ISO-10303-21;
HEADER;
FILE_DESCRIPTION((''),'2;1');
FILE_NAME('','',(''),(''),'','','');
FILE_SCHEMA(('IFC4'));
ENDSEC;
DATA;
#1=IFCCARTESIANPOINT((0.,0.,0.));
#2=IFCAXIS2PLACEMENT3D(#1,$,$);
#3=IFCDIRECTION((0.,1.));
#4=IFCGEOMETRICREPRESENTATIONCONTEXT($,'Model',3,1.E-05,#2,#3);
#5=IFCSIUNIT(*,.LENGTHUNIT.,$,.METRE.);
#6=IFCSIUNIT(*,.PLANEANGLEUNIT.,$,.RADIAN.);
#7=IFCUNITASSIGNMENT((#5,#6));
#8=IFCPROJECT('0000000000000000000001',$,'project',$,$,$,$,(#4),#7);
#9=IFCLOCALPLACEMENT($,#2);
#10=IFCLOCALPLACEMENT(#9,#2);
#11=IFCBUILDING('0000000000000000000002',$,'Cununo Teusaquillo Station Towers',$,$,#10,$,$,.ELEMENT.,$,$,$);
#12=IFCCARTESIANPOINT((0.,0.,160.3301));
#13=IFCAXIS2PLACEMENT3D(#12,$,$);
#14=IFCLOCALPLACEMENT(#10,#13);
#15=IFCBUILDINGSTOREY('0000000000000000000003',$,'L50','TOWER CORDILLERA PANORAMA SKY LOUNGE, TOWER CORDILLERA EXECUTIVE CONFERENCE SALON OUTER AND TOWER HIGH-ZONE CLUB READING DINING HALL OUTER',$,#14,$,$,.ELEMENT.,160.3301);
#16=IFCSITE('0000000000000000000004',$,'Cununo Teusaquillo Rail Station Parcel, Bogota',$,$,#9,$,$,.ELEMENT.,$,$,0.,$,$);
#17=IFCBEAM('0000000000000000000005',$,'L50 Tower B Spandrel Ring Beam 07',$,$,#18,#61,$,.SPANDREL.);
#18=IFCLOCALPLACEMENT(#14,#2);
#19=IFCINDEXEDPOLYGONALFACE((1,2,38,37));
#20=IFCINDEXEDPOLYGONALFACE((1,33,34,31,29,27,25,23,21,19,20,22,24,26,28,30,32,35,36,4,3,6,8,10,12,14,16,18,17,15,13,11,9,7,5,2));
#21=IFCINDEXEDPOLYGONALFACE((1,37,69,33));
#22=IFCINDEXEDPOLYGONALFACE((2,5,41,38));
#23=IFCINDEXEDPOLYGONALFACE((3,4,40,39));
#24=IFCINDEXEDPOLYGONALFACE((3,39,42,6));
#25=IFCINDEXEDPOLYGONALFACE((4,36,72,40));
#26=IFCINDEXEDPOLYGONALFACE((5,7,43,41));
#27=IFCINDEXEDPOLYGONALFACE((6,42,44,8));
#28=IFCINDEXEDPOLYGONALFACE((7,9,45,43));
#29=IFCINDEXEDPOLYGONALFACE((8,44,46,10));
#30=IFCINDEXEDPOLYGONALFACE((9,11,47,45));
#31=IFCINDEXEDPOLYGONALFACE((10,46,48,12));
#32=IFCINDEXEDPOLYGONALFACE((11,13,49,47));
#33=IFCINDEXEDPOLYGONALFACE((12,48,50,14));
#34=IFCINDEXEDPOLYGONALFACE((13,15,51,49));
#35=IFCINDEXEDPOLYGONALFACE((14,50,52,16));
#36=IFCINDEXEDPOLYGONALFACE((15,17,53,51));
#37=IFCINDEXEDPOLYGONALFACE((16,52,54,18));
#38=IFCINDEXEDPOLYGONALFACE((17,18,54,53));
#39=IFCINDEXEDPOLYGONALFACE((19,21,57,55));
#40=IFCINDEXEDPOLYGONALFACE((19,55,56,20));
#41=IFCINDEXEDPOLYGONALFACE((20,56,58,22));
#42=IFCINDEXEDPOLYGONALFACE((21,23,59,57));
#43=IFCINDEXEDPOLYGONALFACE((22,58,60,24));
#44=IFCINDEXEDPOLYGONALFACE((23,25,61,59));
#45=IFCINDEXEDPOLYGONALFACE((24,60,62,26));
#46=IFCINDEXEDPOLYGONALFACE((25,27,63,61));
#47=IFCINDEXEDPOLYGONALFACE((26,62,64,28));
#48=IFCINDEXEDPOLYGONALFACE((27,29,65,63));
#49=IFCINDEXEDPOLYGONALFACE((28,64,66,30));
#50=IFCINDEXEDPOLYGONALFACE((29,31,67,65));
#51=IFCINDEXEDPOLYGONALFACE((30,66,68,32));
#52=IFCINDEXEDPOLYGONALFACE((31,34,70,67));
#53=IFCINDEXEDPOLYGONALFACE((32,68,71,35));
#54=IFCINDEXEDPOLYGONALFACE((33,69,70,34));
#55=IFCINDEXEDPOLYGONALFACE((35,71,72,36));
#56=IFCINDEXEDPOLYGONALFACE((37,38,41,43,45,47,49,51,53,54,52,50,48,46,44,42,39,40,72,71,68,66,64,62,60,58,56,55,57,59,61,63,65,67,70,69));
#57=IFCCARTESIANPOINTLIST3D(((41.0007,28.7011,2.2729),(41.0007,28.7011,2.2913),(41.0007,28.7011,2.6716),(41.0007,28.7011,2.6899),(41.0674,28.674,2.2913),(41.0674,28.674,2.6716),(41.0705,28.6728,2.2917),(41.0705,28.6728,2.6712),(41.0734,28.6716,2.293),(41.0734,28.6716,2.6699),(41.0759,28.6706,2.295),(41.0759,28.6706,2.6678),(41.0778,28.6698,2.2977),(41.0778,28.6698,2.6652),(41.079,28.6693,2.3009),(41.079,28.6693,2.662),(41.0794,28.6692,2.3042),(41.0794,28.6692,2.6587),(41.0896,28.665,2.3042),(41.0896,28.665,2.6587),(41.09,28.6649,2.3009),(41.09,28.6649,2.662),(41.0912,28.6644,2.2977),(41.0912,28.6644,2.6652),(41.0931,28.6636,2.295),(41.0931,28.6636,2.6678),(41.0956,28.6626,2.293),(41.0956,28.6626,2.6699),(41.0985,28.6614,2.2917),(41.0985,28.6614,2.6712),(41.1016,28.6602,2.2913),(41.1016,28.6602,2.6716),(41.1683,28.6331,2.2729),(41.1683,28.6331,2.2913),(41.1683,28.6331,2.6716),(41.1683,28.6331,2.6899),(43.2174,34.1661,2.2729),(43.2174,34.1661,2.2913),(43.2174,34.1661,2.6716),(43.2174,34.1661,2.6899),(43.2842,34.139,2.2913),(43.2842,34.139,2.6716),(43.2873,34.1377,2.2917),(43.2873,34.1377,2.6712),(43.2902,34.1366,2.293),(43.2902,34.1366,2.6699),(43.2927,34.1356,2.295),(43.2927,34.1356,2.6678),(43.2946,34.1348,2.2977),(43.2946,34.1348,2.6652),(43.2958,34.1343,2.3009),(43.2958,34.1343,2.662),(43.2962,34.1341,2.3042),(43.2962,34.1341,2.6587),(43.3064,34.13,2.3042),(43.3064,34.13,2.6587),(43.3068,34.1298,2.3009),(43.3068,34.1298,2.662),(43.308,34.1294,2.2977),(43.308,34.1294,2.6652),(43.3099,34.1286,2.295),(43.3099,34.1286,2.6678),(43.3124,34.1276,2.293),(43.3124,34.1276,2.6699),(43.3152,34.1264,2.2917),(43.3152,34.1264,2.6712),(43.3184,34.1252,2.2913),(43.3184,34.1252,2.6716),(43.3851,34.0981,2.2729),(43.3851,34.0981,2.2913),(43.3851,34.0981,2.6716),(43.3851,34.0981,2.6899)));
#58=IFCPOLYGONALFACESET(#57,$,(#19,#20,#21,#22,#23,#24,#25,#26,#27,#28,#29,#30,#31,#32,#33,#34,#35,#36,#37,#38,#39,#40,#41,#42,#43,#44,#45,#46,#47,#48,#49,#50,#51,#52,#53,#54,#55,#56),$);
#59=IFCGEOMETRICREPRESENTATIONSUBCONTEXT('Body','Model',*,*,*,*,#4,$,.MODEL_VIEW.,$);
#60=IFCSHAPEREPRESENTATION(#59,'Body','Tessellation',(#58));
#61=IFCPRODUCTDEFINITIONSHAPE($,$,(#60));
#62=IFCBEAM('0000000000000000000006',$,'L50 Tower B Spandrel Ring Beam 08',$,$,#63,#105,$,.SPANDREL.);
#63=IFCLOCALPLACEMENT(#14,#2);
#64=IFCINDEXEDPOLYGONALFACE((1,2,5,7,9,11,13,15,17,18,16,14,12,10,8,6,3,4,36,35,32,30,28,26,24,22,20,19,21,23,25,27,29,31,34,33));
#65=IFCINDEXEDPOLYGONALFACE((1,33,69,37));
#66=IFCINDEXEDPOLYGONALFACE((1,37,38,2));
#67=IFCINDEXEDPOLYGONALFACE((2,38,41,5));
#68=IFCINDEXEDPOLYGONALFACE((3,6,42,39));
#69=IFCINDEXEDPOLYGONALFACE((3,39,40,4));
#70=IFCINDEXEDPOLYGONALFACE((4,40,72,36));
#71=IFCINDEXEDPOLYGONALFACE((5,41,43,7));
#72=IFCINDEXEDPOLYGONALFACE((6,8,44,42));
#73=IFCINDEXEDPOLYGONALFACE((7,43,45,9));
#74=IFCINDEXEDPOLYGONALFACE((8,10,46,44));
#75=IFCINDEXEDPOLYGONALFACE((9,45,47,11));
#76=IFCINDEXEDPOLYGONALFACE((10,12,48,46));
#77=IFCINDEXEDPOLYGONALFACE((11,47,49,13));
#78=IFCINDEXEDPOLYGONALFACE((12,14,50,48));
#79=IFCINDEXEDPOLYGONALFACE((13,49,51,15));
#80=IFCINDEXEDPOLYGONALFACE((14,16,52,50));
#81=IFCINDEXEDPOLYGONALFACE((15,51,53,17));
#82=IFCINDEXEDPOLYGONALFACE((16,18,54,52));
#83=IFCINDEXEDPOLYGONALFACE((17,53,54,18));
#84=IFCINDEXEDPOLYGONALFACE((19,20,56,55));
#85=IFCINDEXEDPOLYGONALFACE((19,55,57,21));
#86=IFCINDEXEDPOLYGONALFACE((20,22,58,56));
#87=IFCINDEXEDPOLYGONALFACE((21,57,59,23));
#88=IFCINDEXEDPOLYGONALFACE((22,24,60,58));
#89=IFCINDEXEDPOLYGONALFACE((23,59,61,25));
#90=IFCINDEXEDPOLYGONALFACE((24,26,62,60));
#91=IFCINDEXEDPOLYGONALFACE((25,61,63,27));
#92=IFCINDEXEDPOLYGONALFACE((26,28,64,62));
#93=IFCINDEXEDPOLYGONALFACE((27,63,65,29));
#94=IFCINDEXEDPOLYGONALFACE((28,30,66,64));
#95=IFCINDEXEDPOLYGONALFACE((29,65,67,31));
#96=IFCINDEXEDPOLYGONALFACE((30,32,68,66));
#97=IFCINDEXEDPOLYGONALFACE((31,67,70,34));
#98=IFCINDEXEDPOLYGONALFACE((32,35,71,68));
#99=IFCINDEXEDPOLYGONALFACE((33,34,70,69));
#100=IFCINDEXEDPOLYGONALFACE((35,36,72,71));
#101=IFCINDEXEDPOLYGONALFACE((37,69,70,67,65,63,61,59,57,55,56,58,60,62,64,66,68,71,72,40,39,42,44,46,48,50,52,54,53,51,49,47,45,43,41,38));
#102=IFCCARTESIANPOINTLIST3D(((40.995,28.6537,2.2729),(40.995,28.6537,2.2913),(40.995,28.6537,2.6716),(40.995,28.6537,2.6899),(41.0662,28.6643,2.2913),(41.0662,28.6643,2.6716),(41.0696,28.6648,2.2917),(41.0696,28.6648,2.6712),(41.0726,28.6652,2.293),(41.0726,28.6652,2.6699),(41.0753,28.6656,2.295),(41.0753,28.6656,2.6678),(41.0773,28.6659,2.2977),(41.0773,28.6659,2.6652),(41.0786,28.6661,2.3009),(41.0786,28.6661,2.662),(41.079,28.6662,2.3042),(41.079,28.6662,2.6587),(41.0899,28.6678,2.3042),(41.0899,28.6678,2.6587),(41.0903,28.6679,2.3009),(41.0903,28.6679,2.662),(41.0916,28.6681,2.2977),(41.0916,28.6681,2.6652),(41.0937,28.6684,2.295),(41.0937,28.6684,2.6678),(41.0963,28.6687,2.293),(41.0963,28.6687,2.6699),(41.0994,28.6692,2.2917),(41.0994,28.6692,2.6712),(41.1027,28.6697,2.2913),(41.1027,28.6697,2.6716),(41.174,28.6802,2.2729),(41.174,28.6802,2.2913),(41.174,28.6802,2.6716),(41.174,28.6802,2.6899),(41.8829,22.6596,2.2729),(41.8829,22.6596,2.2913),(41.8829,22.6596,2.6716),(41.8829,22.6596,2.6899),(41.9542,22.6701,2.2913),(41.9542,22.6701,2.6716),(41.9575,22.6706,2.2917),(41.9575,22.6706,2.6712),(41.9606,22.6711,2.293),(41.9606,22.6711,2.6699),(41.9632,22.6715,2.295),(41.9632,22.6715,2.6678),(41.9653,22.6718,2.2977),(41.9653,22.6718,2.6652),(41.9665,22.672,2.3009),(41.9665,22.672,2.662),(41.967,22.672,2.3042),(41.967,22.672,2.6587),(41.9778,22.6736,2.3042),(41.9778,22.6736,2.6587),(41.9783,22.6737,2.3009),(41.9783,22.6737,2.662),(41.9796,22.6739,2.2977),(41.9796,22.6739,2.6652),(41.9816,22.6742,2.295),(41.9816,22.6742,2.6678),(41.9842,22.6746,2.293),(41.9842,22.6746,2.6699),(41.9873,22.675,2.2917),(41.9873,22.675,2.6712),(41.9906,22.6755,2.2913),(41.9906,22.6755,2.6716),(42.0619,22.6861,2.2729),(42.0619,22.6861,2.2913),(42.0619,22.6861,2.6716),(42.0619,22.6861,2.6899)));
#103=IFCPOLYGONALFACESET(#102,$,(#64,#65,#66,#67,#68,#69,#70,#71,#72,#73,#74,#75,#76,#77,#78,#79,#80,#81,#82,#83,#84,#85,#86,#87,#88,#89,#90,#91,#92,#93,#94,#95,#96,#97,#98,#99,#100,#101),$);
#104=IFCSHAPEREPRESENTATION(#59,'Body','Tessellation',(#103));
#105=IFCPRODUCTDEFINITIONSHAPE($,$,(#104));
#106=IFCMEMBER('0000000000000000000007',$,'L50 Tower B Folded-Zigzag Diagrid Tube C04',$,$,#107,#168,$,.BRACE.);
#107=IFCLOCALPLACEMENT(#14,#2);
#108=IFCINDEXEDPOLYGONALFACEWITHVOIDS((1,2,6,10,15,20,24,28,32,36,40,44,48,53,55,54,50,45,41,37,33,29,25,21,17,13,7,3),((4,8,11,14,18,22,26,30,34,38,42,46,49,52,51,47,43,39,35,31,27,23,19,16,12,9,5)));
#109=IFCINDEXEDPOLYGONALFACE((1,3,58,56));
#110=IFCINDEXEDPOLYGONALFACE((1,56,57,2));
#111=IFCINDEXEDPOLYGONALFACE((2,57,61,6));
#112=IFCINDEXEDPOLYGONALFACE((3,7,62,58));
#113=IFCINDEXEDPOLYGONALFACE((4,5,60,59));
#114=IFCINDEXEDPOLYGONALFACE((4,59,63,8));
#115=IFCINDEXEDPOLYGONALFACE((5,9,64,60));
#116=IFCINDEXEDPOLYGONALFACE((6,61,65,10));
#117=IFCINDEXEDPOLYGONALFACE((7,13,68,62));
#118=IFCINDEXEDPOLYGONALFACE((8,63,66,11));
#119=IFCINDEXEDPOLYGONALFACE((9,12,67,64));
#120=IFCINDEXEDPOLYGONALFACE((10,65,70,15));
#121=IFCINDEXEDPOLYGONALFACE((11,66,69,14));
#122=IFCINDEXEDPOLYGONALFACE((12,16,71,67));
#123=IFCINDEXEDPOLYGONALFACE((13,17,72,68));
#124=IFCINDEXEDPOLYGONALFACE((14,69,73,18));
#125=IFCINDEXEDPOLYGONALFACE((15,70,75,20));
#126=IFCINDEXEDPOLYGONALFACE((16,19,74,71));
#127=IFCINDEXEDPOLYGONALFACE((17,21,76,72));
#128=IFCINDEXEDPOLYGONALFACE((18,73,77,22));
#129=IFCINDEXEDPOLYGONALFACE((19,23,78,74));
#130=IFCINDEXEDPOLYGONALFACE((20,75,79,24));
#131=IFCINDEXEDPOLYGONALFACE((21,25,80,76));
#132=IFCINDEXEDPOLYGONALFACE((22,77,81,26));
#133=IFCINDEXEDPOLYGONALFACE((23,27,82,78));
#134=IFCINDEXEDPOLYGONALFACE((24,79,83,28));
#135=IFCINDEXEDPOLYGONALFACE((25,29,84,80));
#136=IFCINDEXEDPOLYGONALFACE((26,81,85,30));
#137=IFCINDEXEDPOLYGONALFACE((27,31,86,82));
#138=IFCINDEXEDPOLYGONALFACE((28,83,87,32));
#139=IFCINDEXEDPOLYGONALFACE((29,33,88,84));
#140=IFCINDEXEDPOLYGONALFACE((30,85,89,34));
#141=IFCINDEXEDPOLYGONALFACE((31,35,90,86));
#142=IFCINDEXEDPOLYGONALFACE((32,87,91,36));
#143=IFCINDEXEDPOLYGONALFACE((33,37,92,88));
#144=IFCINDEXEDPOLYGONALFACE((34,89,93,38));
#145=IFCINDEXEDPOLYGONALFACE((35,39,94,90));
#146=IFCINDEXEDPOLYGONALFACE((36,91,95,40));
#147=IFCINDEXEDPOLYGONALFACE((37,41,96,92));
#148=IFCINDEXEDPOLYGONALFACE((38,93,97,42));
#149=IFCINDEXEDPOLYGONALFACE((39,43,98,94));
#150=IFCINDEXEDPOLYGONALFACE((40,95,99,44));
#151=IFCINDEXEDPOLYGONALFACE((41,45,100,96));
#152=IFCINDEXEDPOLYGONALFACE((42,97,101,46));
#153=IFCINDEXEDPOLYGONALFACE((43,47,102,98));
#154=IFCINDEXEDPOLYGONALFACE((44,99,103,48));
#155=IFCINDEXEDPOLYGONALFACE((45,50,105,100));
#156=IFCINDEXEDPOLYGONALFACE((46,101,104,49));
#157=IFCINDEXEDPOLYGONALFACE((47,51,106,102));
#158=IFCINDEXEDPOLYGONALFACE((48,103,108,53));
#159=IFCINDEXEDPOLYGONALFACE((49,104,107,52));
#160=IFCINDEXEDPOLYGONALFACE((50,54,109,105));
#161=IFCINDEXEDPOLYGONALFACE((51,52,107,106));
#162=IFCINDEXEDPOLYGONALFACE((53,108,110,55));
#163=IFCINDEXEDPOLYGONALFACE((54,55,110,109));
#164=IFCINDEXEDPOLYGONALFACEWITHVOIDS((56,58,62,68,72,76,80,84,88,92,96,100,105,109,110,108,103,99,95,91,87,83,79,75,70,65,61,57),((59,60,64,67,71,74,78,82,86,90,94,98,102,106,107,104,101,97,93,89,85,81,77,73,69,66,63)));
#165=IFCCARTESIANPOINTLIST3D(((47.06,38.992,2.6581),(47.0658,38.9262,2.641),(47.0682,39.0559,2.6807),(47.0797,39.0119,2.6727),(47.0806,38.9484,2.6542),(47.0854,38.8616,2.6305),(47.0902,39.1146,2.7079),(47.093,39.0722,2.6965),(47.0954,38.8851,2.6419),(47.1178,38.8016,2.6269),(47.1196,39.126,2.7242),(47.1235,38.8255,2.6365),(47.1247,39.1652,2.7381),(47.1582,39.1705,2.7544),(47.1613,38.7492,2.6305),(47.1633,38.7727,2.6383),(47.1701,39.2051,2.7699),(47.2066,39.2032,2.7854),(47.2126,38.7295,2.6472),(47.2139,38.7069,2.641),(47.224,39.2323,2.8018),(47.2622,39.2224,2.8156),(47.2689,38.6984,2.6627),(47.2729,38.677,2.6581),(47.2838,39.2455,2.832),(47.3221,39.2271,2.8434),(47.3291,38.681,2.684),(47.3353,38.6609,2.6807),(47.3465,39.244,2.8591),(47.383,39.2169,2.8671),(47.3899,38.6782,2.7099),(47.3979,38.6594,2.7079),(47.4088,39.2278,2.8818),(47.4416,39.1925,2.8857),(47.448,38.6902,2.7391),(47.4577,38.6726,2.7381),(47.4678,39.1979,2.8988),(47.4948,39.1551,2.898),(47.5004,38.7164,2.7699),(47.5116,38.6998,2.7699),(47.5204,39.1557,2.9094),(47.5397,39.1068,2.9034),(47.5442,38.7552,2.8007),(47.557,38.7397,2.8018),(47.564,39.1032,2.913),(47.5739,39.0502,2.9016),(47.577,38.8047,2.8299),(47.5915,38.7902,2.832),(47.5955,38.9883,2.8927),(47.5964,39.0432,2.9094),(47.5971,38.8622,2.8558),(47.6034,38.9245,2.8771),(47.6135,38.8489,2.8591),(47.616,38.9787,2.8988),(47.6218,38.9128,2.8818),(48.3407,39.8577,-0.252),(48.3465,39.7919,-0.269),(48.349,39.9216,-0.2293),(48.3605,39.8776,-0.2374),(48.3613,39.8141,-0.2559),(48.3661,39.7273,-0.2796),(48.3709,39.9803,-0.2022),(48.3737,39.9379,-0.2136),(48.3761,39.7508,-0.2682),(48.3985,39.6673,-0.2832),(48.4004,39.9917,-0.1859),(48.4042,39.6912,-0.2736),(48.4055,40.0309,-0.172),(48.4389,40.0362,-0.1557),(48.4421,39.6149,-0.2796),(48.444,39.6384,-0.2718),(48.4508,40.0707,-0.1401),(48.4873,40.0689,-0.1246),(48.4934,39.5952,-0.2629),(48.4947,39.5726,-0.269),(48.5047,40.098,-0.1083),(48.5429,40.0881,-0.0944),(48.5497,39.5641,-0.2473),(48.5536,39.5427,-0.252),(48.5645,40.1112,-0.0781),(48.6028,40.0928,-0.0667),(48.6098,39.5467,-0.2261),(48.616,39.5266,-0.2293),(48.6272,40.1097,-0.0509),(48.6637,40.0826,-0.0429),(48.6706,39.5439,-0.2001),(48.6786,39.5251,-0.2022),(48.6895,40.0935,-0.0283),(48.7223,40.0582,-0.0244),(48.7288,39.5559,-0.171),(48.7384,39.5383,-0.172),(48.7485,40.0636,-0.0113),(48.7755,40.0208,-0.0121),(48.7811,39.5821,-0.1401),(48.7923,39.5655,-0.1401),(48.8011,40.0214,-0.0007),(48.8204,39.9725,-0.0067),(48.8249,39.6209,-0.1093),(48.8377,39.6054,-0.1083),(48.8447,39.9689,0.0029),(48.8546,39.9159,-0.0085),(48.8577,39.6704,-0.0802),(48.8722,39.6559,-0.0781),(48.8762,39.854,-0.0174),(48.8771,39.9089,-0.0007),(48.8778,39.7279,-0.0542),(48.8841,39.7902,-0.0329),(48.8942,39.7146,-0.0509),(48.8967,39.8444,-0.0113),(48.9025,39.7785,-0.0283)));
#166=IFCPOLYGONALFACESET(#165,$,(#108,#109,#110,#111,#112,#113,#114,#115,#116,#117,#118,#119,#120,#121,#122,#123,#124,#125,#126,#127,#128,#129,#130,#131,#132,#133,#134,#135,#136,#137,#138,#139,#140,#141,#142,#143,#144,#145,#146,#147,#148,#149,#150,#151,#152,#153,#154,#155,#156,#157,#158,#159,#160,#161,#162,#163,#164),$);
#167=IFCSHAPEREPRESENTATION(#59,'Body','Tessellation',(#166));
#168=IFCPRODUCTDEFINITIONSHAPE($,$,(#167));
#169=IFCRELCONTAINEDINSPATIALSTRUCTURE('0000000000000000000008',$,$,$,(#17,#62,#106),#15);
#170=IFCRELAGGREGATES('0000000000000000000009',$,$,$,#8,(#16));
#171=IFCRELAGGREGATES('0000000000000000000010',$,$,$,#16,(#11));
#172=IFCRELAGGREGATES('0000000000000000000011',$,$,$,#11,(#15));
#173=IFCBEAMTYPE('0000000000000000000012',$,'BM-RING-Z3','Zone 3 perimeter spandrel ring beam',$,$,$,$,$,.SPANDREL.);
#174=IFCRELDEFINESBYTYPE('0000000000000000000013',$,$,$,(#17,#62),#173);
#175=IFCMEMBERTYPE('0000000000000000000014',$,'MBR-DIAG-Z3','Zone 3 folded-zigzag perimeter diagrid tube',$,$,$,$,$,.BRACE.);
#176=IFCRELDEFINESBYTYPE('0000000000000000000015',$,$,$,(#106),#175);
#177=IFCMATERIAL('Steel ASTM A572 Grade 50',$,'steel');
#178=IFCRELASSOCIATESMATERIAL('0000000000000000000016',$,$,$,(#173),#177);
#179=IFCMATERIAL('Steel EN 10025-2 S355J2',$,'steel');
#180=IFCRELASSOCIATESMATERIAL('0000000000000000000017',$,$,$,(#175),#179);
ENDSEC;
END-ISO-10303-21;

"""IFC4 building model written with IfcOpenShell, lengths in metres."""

from ifc_helpers import new_model, si_unit, direction, frame, origin, origin_2d, place, context, subcontext, project, spatial, hollow_circle, i_section, extrude, material, material_profile, profile_set, type_object, element, save


model = new_model("IFC4")

# Units and contexts
model_context = context("Model", 3, precision=1e-05, world=origin(), true_north=direction((0.0, 1.0)))
body_context = subcontext(model_context, "Body", "Model", "MODEL_VIEW")
ifc_project = project(units=[si_unit("LENGTHUNIT", "METRE"), si_unit("PLANEANGLEUNIT", "RADIAN")], contexts=[model_context])

# Site, building, storey
site_placement = place(None, origin())
site = spatial("IfcSite", under=ifc_project, at=site_placement, Name="Cununo Teusaquillo Rail Station Parcel, Bogota", CompositionType="ELEMENT", RefElevation=0.0)
building_placement = place(site_placement, origin())
building = spatial("IfcBuilding", under=site, at=building_placement, Name="Cununo Teusaquillo Station Towers", CompositionType="ELEMENT")
storey_placement = place(building_placement, frame((0.0, 0.0, 160.3301)))
storey = spatial("IfcBuildingStorey", under=building, at=storey_placement, Name="L50", Description="TOWER CORDILLERA PANORAMA SKY LOUNGE, TOWER CORDILLERA EXECUTIVE CONFERENCE SALON OUTER AND TOWER HIGH-ZONE CLUB READING DINING HALL OUTER", CompositionType="ELEMENT", Elevation=160.3301)

# Beams
ifc_material_1 = material(Name="Steel ASTM A572 Grade 50", Category="steel")
ifc_material_profile_1 = material_profile(ifc_material_1, i_section(OverallWidth=0.1809, OverallDepth=0.417, WebThickness=0.011, FlangeThickness=0.0183, FilletRadius=0.0129, at=origin_2d()), Name="W16X57")
ifc_profile_set_1 = profile_set([ifc_material_profile_1], Name="Steel ASTM A572 Grade 50")
beam_type_1 = type_object("IfcBeamType", Name="BM-RING-Z3", Description="Zone 3 perimeter spandrel ring beam", PredefinedType="SPANDREL", material=ifc_profile_set_1)
beam_1_placement = place(storey_placement, frame((43.3013, 34.1321, 2.4814), z_axis=(-0.375883, -0.926667, 0.0), x_axis=(0.926667, -0.375883, 0.0)))
element("IfcBeam", 1, at=beam_1_placement, inside=storey, type_object=beam_type_1, Name="L50 Tower B Spandrel Ring Beam 07", PredefinedType="SPANDREL", context=body_context, shape_type="SweptSolid", body=[
    extrude(i_section(OverallWidth=0.1809, OverallDepth=0.417, WebThickness=0.011, FlangeThickness=0.0183, FilletRadius=0.0129, at=origin_2d()), origin(), (0.0, 0.0, 1.0), 5.8975),
])
beam_2_placement = place(storey_placement, frame((41.0845, 28.667, 2.4814), z_axis=(0.146536, -0.989205, 0.0), x_axis=(0.989205, 0.146536, 0.0)))
element("IfcBeam", 2, at=beam_2_placement, inside=storey, type_object=beam_type_1, Name="L50 Tower B Spandrel Ring Beam 08", PredefinedType="SPANDREL", context=body_context, shape_type="SweptSolid", body=[
    extrude(i_section(OverallWidth=0.1809, OverallDepth=0.417, WebThickness=0.011, FlangeThickness=0.0183, FilletRadius=0.0129, at=origin_2d()), origin(), (0.0, 0.0, 1.0), 6.0596),
])

# Member
ifc_material_2 = material(Name="Steel EN 10025-2 S355J2", Category="steel")
ifc_material_profile_2 = material_profile(ifc_material_2, hollow_circle(Radius=0.3049, WallThickness=0.02, at=origin_2d()), Name="CHS 610x20")
ifc_profile_set_2 = profile_set([ifc_material_profile_2], Name="Steel EN 10025-2 S355J2")
member_type = type_object("IfcMemberType", Name="MBR-DIAG-Z3", Description="Zone 3 folded-zigzag perimeter diagrid tube", PredefinedType="BRACE", material=ifc_profile_set_2)
member_1_placement = place(storey_placement, frame((48.6216, 39.8181, -0.1401), z_axis=(-0.388666, -0.262716, 0.88313), x_axis=(0.56001, -0.828486, 0.0)))
element("IfcMember", 3, at=member_1_placement, inside=storey, type_object=member_type, Name="L50 Tower B Folded-Zigzag Diagrid Tube C04", PredefinedType="BRACE", context=body_context, shape_type="SweptSolid", body=[
    extrude(hollow_circle(Radius=0.3049, WallThickness=0.02, at=origin_2d()), origin(), (0.0, 0.0, 1.0), 3.2952),
])

save(model, "model.ifc")
